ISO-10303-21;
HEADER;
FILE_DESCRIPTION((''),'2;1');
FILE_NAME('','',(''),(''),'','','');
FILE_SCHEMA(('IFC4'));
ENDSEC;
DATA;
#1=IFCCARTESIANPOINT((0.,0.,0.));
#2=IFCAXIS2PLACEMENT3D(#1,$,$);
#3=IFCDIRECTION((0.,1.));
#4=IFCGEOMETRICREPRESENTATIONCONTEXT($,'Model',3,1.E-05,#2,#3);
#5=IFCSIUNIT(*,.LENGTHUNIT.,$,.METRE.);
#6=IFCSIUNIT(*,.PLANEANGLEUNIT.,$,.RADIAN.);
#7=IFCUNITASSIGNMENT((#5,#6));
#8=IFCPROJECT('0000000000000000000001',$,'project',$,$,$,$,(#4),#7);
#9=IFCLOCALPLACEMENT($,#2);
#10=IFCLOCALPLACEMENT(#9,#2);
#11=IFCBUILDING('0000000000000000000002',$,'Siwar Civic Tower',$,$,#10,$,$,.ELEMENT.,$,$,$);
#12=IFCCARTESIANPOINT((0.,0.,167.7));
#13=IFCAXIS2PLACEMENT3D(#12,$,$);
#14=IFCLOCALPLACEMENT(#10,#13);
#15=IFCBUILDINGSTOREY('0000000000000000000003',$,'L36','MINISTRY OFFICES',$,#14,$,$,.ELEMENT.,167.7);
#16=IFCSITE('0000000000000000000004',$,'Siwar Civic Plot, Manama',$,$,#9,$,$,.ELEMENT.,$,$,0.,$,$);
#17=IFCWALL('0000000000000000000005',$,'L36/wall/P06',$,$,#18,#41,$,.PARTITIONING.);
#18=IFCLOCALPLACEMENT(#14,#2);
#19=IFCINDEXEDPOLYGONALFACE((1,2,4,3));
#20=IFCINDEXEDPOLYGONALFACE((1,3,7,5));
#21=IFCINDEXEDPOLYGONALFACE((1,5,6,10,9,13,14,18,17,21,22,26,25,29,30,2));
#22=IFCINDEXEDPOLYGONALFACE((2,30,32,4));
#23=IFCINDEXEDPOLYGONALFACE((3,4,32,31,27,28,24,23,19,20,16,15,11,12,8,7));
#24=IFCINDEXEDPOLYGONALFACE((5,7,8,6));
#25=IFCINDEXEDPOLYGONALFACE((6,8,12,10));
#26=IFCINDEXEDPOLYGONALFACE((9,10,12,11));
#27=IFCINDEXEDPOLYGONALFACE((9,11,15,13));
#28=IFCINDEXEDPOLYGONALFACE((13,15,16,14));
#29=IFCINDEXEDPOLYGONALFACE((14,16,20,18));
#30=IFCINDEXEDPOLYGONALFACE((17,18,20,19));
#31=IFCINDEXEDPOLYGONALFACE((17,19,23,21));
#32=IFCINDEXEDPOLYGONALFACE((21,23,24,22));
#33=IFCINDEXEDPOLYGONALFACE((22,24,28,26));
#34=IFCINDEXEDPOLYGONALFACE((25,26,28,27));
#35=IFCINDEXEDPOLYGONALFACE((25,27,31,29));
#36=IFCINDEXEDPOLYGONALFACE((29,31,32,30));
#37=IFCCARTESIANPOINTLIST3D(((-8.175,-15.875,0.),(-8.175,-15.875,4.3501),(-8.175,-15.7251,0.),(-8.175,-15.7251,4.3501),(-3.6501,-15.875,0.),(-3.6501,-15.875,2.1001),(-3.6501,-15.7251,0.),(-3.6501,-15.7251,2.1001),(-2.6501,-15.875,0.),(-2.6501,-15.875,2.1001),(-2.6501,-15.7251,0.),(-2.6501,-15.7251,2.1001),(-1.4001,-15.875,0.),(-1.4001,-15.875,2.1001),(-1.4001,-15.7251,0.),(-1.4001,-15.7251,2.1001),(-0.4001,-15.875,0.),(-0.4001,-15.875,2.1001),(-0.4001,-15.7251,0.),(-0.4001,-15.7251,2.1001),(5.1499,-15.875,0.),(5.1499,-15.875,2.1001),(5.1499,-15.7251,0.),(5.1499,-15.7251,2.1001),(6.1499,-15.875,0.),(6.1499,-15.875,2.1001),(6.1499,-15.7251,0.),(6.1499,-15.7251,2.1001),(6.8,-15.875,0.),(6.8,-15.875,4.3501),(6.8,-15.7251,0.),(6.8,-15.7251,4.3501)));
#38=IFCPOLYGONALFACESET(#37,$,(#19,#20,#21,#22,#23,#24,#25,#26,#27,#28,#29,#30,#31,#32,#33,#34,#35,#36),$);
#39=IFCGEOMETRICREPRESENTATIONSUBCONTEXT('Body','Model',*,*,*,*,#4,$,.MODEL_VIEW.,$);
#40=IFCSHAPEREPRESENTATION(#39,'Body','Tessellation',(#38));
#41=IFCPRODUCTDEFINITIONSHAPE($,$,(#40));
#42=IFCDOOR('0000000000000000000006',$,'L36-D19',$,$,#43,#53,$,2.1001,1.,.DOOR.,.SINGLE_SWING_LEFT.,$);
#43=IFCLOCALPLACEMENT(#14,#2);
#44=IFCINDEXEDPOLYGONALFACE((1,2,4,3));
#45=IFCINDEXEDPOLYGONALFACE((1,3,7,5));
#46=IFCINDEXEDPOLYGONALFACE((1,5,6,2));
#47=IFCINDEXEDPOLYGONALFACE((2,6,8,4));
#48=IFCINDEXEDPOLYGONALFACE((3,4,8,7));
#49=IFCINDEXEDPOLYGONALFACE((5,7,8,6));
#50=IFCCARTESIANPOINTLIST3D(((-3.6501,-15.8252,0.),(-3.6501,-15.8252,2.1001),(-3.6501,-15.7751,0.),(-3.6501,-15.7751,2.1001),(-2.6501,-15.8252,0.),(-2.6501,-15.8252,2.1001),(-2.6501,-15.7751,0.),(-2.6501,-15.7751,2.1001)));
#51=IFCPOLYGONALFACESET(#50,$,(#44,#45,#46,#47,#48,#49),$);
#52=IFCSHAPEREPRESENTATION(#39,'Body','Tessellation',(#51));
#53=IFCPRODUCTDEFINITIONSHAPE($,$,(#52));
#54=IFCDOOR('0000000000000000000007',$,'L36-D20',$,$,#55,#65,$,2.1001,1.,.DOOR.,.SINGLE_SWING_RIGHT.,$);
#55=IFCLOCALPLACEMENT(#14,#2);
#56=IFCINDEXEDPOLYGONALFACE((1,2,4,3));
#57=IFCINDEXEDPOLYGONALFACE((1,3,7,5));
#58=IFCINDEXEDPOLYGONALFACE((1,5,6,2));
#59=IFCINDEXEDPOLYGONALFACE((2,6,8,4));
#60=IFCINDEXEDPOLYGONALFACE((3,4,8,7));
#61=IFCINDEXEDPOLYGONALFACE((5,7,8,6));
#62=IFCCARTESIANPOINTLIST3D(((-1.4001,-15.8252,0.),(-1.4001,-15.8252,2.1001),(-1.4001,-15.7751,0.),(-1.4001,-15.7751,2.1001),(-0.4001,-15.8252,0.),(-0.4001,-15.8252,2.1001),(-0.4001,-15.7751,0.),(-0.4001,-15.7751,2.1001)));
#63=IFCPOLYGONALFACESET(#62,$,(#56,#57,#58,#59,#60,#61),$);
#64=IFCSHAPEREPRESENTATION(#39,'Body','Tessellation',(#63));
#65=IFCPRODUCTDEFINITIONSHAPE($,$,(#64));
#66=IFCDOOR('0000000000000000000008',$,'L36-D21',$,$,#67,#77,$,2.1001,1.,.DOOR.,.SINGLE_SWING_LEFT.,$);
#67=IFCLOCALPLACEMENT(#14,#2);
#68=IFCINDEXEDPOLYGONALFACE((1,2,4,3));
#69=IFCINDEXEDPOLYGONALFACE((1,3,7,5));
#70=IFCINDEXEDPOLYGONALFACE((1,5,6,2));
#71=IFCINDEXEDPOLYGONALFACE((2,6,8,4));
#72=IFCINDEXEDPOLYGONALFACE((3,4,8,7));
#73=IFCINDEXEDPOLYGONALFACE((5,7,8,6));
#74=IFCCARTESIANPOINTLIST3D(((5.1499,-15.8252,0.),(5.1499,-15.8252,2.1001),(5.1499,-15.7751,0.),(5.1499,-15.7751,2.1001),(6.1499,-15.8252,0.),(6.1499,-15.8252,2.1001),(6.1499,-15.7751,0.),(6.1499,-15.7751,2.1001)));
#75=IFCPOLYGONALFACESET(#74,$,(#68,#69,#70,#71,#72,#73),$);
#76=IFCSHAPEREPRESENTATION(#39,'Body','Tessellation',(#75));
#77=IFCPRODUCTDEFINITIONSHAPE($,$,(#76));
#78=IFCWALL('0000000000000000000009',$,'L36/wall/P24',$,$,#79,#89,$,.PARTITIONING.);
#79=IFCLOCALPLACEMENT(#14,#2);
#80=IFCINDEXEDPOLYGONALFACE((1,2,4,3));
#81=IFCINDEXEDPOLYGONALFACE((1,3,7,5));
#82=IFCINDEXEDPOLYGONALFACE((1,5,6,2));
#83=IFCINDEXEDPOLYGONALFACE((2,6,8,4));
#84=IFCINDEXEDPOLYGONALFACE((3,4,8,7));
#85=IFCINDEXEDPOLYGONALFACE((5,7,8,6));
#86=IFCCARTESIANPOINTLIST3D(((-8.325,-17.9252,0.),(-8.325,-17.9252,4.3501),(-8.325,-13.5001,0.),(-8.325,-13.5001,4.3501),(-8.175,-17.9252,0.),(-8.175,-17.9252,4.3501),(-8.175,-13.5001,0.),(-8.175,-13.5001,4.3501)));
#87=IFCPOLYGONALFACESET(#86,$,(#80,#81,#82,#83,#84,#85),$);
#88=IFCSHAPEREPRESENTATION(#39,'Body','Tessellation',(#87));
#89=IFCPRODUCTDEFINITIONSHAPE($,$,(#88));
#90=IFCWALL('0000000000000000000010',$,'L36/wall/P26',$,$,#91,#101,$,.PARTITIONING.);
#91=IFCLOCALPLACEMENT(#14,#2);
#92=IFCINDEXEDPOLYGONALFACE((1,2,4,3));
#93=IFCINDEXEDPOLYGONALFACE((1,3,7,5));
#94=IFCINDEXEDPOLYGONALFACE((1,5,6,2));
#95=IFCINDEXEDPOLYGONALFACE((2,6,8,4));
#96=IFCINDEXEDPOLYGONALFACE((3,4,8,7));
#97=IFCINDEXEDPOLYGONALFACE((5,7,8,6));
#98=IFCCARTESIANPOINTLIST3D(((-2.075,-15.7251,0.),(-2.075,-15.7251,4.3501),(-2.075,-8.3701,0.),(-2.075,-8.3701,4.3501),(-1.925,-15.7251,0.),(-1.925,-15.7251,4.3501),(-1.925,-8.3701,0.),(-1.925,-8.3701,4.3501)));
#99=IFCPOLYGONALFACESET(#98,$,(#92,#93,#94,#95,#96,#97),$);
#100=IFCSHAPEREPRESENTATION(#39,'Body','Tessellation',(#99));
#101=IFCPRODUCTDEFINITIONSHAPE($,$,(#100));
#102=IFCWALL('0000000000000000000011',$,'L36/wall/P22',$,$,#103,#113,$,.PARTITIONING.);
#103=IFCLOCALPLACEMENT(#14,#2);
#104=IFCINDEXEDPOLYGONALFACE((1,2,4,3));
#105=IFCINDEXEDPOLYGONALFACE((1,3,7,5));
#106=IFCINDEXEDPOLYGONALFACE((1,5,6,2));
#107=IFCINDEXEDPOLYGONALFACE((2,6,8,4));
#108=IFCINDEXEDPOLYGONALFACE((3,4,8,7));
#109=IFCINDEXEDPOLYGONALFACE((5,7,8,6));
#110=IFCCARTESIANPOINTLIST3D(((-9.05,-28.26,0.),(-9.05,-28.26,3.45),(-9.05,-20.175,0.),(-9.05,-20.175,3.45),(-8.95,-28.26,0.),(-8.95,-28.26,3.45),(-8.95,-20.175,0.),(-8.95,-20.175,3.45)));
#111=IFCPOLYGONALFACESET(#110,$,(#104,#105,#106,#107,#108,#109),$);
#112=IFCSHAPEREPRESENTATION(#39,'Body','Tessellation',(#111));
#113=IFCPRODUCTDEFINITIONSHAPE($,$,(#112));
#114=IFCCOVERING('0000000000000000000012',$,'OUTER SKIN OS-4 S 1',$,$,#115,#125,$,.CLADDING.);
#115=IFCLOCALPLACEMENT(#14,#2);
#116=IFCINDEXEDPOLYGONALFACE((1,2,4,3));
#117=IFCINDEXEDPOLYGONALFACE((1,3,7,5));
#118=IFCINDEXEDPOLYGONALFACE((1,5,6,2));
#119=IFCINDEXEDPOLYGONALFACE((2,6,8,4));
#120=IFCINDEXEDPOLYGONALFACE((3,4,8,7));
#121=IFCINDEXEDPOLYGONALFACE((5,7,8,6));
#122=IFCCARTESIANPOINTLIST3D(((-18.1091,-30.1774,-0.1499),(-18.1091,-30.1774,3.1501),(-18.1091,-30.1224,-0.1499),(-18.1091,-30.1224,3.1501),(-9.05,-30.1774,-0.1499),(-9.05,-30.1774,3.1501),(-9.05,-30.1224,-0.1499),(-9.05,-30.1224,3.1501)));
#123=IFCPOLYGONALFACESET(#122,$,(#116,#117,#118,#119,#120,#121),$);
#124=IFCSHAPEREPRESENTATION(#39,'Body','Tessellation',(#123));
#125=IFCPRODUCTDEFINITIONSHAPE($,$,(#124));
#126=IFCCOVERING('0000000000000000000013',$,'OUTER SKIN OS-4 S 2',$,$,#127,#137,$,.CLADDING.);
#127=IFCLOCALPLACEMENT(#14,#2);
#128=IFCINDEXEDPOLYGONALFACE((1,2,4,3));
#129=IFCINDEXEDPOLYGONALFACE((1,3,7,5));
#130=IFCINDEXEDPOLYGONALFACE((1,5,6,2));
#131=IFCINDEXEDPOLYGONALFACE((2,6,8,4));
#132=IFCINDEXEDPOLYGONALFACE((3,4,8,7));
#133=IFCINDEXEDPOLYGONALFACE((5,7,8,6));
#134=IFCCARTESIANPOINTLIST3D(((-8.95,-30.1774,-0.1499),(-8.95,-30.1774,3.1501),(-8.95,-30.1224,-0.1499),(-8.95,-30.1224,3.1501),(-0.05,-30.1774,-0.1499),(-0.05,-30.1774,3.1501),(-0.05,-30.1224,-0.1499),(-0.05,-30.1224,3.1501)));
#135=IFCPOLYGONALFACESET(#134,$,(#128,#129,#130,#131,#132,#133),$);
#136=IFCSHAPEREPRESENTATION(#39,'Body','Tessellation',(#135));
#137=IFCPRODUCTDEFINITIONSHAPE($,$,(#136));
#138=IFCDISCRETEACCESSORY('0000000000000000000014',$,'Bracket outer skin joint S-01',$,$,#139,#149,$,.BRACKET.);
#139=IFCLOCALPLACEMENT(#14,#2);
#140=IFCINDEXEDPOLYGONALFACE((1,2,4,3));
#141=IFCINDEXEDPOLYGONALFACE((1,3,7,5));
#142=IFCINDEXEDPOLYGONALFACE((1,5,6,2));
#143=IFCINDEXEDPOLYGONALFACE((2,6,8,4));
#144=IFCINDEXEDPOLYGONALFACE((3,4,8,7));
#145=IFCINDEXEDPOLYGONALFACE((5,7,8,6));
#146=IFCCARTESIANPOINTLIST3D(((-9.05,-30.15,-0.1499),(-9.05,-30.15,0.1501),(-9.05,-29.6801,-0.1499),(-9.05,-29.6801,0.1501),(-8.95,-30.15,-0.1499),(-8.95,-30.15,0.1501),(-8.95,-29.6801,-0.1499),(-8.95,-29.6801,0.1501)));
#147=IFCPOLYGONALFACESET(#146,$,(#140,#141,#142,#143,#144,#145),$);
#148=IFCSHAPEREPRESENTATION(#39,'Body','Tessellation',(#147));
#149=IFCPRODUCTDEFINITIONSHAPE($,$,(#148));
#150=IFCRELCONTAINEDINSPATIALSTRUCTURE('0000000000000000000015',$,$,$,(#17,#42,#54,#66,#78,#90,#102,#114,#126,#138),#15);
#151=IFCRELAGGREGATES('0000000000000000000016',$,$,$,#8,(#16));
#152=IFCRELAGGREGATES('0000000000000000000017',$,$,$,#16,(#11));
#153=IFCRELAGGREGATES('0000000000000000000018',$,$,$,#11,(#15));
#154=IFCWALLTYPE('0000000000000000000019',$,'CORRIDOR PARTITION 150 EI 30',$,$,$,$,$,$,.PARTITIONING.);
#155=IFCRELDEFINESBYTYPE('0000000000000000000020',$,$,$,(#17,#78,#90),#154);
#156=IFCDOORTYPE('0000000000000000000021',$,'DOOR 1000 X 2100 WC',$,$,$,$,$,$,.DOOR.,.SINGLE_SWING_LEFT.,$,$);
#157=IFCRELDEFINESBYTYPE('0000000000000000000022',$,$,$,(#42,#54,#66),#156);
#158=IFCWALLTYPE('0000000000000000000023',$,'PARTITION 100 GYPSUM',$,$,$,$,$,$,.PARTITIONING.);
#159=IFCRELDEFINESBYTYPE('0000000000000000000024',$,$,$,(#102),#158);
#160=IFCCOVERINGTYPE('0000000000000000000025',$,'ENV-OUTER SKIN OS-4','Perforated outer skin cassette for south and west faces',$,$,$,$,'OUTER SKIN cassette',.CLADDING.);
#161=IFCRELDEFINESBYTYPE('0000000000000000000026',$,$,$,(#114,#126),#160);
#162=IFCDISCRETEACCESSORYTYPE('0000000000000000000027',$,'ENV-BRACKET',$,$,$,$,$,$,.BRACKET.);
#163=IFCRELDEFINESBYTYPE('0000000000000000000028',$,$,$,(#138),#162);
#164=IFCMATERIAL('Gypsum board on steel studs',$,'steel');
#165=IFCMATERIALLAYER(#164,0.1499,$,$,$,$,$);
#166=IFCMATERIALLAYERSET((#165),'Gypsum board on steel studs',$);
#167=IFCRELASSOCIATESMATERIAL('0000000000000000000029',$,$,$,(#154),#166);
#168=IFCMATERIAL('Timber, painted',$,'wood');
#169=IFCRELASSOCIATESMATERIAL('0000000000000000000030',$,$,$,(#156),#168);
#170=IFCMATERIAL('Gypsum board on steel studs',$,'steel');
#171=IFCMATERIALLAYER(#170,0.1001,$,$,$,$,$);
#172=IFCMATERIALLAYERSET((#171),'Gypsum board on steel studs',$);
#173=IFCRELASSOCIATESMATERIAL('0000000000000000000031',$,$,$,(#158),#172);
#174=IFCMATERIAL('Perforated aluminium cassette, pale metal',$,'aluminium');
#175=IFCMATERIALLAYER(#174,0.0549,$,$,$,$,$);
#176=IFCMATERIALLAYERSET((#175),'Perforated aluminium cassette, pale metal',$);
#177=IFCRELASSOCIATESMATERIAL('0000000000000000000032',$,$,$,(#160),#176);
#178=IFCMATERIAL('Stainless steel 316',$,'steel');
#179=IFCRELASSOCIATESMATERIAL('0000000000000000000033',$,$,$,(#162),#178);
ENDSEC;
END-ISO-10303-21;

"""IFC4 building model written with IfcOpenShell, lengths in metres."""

from ifc_helpers import new_model, si_unit, direction, frame, frame_2d, origin, origin_2d, place, context, subcontext, project, spatial, rectangle, extrude, material, layer, layer_set, type_object, element, fill, save


model = new_model("IFC4")

# Units and contexts
model_context = context("Model", 3, precision=1e-05, world=origin(), true_north=direction((0.0, 1.0)))
body_context = subcontext(model_context, "Body", "Model", "MODEL_VIEW")
ifc_project = project(units=[si_unit("LENGTHUNIT", "METRE"), si_unit("PLANEANGLEUNIT", "RADIAN")], contexts=[model_context])

# Site, building, storey
site_placement = place(None, origin())
site = spatial("IfcSite", under=ifc_project, at=site_placement, Name="Siwar Civic Plot, Manama", CompositionType="ELEMENT", RefElevation=0.0)
building_placement = place(site_placement, origin())
building = spatial("IfcBuilding", under=site, at=building_placement, Name="Siwar Civic Tower", CompositionType="ELEMENT")
storey_placement = place(building_placement, frame((0.0, 0.0, 167.7)))
storey = spatial("IfcBuildingStorey", under=building, at=storey_placement, Name="L36", Description="MINISTRY OFFICES", CompositionType="ELEMENT", Elevation=167.7)

# Wall, openings, doors
ifc_material_1 = material(Name="Gypsum board on steel studs", Category="steel")
ifc_layer_1 = layer(ifc_material_1, 0.1499)
ifc_layer_set_1 = layer_set([ifc_layer_1], Name="Gypsum board on steel studs")
wall_type_1 = type_object("IfcWallType", Name="CORRIDOR PARTITION 150 EI 30", PredefinedType="PARTITIONING", material=ifc_layer_set_1)
wall_1_placement = place(storey_placement, frame((-8.175, -15.8, 0.0), z_axis=(0.0, 0.0, 1.0), x_axis=(1.0, 0.0, 0.0)))
wall_1 = element("IfcWall", 1, at=wall_1_placement, inside=storey, type_object=wall_type_1, Name="L36/wall/P06", PredefinedType="PARTITIONING", context=body_context, shape_type="SweptSolid", body=[
    extrude(rectangle(XDim=14.9751, YDim=0.1499, at=frame_2d((7.4875, 0.0))), origin(), (0.0, 0.0, 1.0), 4.3501),
])
opening_1_placement = place(wall_1_placement, frame((4.5249, 0.0, 0.0)))
opening_1 = element("IfcOpeningElement", 2, at=opening_1_placement, cuts=wall_1, PredefinedType="OPENING", context=body_context, shape_type="SweptSolid", body=[
    extrude(rectangle(XDim=1.0, YDim=2.1001, at=frame_2d((0.5, 1.05))), frame((0.0, 0.085, 0.0), z_axis=(0.0, -1.0, 0.0), x_axis=(1.0, 0.0, 0.0)), (0.0, 0.0, 1.0), 0.1699),
])
opening_2_placement = place(wall_1_placement, frame((6.7749, 0.0, 0.0)))
opening_2 = element("IfcOpeningElement", 3, at=opening_2_placement, cuts=wall_1, PredefinedType="OPENING", context=body_context, shape_type="SweptSolid", body=[
    extrude(rectangle(XDim=1.0, YDim=2.1001, at=frame_2d((0.5, 1.05))), frame((0.0, 0.085, 0.0), z_axis=(0.0, -1.0, 0.0), x_axis=(1.0, 0.0, 0.0)), (0.0, 0.0, 1.0), 0.1699),
])
opening_3_placement = place(wall_1_placement, frame((13.325, 0.0, 0.0)))
opening_3 = element("IfcOpeningElement", 4, at=opening_3_placement, cuts=wall_1, PredefinedType="OPENING", context=body_context, shape_type="SweptSolid", body=[
    extrude(rectangle(XDim=1.0, YDim=2.1001, at=frame_2d((0.5, 1.05))), frame((0.0, 0.085, 0.0), z_axis=(0.0, -1.0, 0.0), x_axis=(1.0, 0.0, 0.0)), (0.0, 0.0, 1.0), 0.1699),
])
ifc_material_2 = material(Name="Timber, painted", Category="wood")
door_type = type_object("IfcDoorType", Name="DOOR 1000 X 2100 WC", OperationType="SINGLE_SWING_LEFT", PredefinedType="DOOR", material=ifc_material_2)
door_1_placement = place(opening_1_placement, origin())
door_1 = element("IfcDoor", 5, at=door_1_placement, inside=storey, type_object=door_type, Name="L36-D19", OperationType="SINGLE_SWING_LEFT", OverallHeight=2.1001, OverallWidth=1.0, PredefinedType="DOOR", context=body_context, shape_type="SweptSolid", body=[
    extrude(rectangle(XDim=1.0, YDim=2.1001, at=frame_2d((0.5, 1.05))), frame((0.0, 0.0249, 0.0), z_axis=(0.0, -1.0, 0.0), x_axis=(1.0, 0.0, 0.0)), (0.0, 0.0, 1.0), 0.05),
])
fill(opening_1, door_1)
door_2_placement = place(opening_2_placement, origin())
door_2 = element("IfcDoor", 6, at=door_2_placement, inside=storey, type_object=door_type, Name="L36-D20", OperationType="SINGLE_SWING_RIGHT", OverallHeight=2.1001, OverallWidth=1.0, PredefinedType="DOOR", context=body_context, shape_type="SweptSolid", body=[
    extrude(rectangle(XDim=1.0, YDim=2.1001, at=frame_2d((0.5, 1.05))), frame((0.0, 0.0249, 0.0), z_axis=(0.0, -1.0, 0.0), x_axis=(1.0, 0.0, 0.0)), (0.0, 0.0, 1.0), 0.05),
])
fill(opening_2, door_2)
door_3_placement = place(opening_3_placement, origin())
door_3 = element("IfcDoor", 7, at=door_3_placement, inside=storey, type_object=door_type, Name="L36-D21", OperationType="SINGLE_SWING_LEFT", OverallHeight=2.1001, OverallWidth=1.0, PredefinedType="DOOR", context=body_context, shape_type="SweptSolid", body=[
    extrude(rectangle(XDim=1.0, YDim=2.1001, at=frame_2d((0.5, 1.05))), frame((0.0, 0.0249, 0.0), z_axis=(0.0, -1.0, 0.0), x_axis=(1.0, 0.0, 0.0)), (0.0, 0.0, 1.0), 0.05),
])
fill(opening_3, door_3)

# Walls
wall_2_placement = place(storey_placement, frame((-8.25, -17.925, 0.0), z_axis=(0.0, 0.0, 1.0), x_axis=(0.0, 1.0, 0.0)))
element("IfcWall", 8, at=wall_2_placement, inside=storey, type_object=wall_type_1, Name="L36/wall/P24", PredefinedType="PARTITIONING", context=body_context, shape_type="SweptSolid", body=[
    extrude(rectangle(XDim=4.425, YDim=0.1499, at=frame_2d((2.2124, 0.0))), origin(), (0.0, 0.0, 1.0), 4.3501),
])
wall_3_placement = place(storey_placement, frame((-2.0, -15.7251, 0.0), z_axis=(0.0, 0.0, 1.0), x_axis=(0.0, 1.0, 0.0)))
element("IfcWall", 9, at=wall_3_placement, inside=storey, type_object=wall_type_1, Name="L36/wall/P26", PredefinedType="PARTITIONING", context=body_context, shape_type="SweptSolid", body=[
    extrude(rectangle(XDim=7.355, YDim=0.1499, at=frame_2d((3.6775, 0.0))), origin(), (0.0, 0.0, 1.0), 4.3501),
])
ifc_material_3 = material(Name="Gypsum board on steel studs", Category="steel")
ifc_layer_2 = layer(ifc_material_3, 0.1001)
ifc_layer_set_2 = layer_set([ifc_layer_2], Name="Gypsum board on steel studs")
wall_type_2 = type_object("IfcWallType", Name="PARTITION 100 GYPSUM", PredefinedType="PARTITIONING", material=ifc_layer_set_2)
wall_4_placement = place(storey_placement, frame((-9.0, -28.26, 0.0), z_axis=(0.0, 0.0, 1.0), x_axis=(0.0, 1.0, 0.0)))
element("IfcWall", 10, at=wall_4_placement, inside=storey, type_object=wall_type_2, Name="L36/wall/P22", PredefinedType="PARTITIONING", context=body_context, shape_type="SweptSolid", body=[
    extrude(rectangle(XDim=8.085, YDim=0.1001, at=frame_2d((4.0425, 0.0))), origin(), (0.0, 0.0, 1.0), 3.45),
])

# Coverings
ifc_material_4 = material(Name="Perforated aluminium cassette, pale metal", Category="aluminium")
ifc_layer_3 = layer(ifc_material_4, 0.0549)
ifc_layer_set_3 = layer_set([ifc_layer_3], Name="Perforated aluminium cassette, pale metal")
covering_type = type_object("IfcCoveringType", Name="ENV-OUTER SKIN OS-4", Description="Perforated outer skin cassette for south and west faces", ElementType="OUTER SKIN cassette", PredefinedType="CLADDING", material=ifc_layer_set_3)
covering_1_placement = place(storey_placement, frame((-13.5796, -30.1499, -0.1499), z_axis=(0.0, 0.0, 1.0), x_axis=(1.0, 0.0, 0.0)))
element("IfcCovering", 11, at=covering_1_placement, inside=storey, type_object=covering_type, Name="OUTER SKIN OS-4 S 1", PredefinedType="CLADDING", context=body_context, shape_type="SweptSolid", body=[
    extrude(rectangle(XDim=9.0591, YDim=0.0549, at=origin_2d()), origin(), (0.0, 0.0, 1.0), 3.3),
])
covering_2_placement = place(storey_placement, frame((-4.5, -30.1499, -0.1499), z_axis=(0.0, 0.0, 1.0), x_axis=(1.0, 0.0, 0.0)))
element("IfcCovering", 12, at=covering_2_placement, inside=storey, type_object=covering_type, Name="OUTER SKIN OS-4 S 2", PredefinedType="CLADDING", context=body_context, shape_type="SweptSolid", body=[
    extrude(rectangle(XDim=8.8999, YDim=0.0549, at=origin_2d()), origin(), (0.0, 0.0, 1.0), 3.3),
])

# Discrete accessory
ifc_material_5 = material(Name="Stainless steel 316", Category="steel")
discrete_accessory_type = type_object("IfcDiscreteAccessoryType", Name="ENV-BRACKET", PredefinedType="BRACKET", material=ifc_material_5)
discrete_accessory_placement = place(storey_placement, frame((-9.0, -29.915, -0.1499), z_axis=(0.0, 0.0, 1.0), x_axis=(0.0, -1.0, 0.0)))
element("IfcDiscreteAccessory", 13, at=discrete_accessory_placement, inside=storey, type_object=discrete_accessory_type, Name="Bracket outer skin joint S-01", PredefinedType="BRACKET", context=body_context, shape_type="SweptSolid", body=[
    extrude(rectangle(XDim=0.47, YDim=0.1001, at=origin_2d()), origin(), (0.0, 0.0, 1.0), 0.3),
])

save(model, "model.ifc")
